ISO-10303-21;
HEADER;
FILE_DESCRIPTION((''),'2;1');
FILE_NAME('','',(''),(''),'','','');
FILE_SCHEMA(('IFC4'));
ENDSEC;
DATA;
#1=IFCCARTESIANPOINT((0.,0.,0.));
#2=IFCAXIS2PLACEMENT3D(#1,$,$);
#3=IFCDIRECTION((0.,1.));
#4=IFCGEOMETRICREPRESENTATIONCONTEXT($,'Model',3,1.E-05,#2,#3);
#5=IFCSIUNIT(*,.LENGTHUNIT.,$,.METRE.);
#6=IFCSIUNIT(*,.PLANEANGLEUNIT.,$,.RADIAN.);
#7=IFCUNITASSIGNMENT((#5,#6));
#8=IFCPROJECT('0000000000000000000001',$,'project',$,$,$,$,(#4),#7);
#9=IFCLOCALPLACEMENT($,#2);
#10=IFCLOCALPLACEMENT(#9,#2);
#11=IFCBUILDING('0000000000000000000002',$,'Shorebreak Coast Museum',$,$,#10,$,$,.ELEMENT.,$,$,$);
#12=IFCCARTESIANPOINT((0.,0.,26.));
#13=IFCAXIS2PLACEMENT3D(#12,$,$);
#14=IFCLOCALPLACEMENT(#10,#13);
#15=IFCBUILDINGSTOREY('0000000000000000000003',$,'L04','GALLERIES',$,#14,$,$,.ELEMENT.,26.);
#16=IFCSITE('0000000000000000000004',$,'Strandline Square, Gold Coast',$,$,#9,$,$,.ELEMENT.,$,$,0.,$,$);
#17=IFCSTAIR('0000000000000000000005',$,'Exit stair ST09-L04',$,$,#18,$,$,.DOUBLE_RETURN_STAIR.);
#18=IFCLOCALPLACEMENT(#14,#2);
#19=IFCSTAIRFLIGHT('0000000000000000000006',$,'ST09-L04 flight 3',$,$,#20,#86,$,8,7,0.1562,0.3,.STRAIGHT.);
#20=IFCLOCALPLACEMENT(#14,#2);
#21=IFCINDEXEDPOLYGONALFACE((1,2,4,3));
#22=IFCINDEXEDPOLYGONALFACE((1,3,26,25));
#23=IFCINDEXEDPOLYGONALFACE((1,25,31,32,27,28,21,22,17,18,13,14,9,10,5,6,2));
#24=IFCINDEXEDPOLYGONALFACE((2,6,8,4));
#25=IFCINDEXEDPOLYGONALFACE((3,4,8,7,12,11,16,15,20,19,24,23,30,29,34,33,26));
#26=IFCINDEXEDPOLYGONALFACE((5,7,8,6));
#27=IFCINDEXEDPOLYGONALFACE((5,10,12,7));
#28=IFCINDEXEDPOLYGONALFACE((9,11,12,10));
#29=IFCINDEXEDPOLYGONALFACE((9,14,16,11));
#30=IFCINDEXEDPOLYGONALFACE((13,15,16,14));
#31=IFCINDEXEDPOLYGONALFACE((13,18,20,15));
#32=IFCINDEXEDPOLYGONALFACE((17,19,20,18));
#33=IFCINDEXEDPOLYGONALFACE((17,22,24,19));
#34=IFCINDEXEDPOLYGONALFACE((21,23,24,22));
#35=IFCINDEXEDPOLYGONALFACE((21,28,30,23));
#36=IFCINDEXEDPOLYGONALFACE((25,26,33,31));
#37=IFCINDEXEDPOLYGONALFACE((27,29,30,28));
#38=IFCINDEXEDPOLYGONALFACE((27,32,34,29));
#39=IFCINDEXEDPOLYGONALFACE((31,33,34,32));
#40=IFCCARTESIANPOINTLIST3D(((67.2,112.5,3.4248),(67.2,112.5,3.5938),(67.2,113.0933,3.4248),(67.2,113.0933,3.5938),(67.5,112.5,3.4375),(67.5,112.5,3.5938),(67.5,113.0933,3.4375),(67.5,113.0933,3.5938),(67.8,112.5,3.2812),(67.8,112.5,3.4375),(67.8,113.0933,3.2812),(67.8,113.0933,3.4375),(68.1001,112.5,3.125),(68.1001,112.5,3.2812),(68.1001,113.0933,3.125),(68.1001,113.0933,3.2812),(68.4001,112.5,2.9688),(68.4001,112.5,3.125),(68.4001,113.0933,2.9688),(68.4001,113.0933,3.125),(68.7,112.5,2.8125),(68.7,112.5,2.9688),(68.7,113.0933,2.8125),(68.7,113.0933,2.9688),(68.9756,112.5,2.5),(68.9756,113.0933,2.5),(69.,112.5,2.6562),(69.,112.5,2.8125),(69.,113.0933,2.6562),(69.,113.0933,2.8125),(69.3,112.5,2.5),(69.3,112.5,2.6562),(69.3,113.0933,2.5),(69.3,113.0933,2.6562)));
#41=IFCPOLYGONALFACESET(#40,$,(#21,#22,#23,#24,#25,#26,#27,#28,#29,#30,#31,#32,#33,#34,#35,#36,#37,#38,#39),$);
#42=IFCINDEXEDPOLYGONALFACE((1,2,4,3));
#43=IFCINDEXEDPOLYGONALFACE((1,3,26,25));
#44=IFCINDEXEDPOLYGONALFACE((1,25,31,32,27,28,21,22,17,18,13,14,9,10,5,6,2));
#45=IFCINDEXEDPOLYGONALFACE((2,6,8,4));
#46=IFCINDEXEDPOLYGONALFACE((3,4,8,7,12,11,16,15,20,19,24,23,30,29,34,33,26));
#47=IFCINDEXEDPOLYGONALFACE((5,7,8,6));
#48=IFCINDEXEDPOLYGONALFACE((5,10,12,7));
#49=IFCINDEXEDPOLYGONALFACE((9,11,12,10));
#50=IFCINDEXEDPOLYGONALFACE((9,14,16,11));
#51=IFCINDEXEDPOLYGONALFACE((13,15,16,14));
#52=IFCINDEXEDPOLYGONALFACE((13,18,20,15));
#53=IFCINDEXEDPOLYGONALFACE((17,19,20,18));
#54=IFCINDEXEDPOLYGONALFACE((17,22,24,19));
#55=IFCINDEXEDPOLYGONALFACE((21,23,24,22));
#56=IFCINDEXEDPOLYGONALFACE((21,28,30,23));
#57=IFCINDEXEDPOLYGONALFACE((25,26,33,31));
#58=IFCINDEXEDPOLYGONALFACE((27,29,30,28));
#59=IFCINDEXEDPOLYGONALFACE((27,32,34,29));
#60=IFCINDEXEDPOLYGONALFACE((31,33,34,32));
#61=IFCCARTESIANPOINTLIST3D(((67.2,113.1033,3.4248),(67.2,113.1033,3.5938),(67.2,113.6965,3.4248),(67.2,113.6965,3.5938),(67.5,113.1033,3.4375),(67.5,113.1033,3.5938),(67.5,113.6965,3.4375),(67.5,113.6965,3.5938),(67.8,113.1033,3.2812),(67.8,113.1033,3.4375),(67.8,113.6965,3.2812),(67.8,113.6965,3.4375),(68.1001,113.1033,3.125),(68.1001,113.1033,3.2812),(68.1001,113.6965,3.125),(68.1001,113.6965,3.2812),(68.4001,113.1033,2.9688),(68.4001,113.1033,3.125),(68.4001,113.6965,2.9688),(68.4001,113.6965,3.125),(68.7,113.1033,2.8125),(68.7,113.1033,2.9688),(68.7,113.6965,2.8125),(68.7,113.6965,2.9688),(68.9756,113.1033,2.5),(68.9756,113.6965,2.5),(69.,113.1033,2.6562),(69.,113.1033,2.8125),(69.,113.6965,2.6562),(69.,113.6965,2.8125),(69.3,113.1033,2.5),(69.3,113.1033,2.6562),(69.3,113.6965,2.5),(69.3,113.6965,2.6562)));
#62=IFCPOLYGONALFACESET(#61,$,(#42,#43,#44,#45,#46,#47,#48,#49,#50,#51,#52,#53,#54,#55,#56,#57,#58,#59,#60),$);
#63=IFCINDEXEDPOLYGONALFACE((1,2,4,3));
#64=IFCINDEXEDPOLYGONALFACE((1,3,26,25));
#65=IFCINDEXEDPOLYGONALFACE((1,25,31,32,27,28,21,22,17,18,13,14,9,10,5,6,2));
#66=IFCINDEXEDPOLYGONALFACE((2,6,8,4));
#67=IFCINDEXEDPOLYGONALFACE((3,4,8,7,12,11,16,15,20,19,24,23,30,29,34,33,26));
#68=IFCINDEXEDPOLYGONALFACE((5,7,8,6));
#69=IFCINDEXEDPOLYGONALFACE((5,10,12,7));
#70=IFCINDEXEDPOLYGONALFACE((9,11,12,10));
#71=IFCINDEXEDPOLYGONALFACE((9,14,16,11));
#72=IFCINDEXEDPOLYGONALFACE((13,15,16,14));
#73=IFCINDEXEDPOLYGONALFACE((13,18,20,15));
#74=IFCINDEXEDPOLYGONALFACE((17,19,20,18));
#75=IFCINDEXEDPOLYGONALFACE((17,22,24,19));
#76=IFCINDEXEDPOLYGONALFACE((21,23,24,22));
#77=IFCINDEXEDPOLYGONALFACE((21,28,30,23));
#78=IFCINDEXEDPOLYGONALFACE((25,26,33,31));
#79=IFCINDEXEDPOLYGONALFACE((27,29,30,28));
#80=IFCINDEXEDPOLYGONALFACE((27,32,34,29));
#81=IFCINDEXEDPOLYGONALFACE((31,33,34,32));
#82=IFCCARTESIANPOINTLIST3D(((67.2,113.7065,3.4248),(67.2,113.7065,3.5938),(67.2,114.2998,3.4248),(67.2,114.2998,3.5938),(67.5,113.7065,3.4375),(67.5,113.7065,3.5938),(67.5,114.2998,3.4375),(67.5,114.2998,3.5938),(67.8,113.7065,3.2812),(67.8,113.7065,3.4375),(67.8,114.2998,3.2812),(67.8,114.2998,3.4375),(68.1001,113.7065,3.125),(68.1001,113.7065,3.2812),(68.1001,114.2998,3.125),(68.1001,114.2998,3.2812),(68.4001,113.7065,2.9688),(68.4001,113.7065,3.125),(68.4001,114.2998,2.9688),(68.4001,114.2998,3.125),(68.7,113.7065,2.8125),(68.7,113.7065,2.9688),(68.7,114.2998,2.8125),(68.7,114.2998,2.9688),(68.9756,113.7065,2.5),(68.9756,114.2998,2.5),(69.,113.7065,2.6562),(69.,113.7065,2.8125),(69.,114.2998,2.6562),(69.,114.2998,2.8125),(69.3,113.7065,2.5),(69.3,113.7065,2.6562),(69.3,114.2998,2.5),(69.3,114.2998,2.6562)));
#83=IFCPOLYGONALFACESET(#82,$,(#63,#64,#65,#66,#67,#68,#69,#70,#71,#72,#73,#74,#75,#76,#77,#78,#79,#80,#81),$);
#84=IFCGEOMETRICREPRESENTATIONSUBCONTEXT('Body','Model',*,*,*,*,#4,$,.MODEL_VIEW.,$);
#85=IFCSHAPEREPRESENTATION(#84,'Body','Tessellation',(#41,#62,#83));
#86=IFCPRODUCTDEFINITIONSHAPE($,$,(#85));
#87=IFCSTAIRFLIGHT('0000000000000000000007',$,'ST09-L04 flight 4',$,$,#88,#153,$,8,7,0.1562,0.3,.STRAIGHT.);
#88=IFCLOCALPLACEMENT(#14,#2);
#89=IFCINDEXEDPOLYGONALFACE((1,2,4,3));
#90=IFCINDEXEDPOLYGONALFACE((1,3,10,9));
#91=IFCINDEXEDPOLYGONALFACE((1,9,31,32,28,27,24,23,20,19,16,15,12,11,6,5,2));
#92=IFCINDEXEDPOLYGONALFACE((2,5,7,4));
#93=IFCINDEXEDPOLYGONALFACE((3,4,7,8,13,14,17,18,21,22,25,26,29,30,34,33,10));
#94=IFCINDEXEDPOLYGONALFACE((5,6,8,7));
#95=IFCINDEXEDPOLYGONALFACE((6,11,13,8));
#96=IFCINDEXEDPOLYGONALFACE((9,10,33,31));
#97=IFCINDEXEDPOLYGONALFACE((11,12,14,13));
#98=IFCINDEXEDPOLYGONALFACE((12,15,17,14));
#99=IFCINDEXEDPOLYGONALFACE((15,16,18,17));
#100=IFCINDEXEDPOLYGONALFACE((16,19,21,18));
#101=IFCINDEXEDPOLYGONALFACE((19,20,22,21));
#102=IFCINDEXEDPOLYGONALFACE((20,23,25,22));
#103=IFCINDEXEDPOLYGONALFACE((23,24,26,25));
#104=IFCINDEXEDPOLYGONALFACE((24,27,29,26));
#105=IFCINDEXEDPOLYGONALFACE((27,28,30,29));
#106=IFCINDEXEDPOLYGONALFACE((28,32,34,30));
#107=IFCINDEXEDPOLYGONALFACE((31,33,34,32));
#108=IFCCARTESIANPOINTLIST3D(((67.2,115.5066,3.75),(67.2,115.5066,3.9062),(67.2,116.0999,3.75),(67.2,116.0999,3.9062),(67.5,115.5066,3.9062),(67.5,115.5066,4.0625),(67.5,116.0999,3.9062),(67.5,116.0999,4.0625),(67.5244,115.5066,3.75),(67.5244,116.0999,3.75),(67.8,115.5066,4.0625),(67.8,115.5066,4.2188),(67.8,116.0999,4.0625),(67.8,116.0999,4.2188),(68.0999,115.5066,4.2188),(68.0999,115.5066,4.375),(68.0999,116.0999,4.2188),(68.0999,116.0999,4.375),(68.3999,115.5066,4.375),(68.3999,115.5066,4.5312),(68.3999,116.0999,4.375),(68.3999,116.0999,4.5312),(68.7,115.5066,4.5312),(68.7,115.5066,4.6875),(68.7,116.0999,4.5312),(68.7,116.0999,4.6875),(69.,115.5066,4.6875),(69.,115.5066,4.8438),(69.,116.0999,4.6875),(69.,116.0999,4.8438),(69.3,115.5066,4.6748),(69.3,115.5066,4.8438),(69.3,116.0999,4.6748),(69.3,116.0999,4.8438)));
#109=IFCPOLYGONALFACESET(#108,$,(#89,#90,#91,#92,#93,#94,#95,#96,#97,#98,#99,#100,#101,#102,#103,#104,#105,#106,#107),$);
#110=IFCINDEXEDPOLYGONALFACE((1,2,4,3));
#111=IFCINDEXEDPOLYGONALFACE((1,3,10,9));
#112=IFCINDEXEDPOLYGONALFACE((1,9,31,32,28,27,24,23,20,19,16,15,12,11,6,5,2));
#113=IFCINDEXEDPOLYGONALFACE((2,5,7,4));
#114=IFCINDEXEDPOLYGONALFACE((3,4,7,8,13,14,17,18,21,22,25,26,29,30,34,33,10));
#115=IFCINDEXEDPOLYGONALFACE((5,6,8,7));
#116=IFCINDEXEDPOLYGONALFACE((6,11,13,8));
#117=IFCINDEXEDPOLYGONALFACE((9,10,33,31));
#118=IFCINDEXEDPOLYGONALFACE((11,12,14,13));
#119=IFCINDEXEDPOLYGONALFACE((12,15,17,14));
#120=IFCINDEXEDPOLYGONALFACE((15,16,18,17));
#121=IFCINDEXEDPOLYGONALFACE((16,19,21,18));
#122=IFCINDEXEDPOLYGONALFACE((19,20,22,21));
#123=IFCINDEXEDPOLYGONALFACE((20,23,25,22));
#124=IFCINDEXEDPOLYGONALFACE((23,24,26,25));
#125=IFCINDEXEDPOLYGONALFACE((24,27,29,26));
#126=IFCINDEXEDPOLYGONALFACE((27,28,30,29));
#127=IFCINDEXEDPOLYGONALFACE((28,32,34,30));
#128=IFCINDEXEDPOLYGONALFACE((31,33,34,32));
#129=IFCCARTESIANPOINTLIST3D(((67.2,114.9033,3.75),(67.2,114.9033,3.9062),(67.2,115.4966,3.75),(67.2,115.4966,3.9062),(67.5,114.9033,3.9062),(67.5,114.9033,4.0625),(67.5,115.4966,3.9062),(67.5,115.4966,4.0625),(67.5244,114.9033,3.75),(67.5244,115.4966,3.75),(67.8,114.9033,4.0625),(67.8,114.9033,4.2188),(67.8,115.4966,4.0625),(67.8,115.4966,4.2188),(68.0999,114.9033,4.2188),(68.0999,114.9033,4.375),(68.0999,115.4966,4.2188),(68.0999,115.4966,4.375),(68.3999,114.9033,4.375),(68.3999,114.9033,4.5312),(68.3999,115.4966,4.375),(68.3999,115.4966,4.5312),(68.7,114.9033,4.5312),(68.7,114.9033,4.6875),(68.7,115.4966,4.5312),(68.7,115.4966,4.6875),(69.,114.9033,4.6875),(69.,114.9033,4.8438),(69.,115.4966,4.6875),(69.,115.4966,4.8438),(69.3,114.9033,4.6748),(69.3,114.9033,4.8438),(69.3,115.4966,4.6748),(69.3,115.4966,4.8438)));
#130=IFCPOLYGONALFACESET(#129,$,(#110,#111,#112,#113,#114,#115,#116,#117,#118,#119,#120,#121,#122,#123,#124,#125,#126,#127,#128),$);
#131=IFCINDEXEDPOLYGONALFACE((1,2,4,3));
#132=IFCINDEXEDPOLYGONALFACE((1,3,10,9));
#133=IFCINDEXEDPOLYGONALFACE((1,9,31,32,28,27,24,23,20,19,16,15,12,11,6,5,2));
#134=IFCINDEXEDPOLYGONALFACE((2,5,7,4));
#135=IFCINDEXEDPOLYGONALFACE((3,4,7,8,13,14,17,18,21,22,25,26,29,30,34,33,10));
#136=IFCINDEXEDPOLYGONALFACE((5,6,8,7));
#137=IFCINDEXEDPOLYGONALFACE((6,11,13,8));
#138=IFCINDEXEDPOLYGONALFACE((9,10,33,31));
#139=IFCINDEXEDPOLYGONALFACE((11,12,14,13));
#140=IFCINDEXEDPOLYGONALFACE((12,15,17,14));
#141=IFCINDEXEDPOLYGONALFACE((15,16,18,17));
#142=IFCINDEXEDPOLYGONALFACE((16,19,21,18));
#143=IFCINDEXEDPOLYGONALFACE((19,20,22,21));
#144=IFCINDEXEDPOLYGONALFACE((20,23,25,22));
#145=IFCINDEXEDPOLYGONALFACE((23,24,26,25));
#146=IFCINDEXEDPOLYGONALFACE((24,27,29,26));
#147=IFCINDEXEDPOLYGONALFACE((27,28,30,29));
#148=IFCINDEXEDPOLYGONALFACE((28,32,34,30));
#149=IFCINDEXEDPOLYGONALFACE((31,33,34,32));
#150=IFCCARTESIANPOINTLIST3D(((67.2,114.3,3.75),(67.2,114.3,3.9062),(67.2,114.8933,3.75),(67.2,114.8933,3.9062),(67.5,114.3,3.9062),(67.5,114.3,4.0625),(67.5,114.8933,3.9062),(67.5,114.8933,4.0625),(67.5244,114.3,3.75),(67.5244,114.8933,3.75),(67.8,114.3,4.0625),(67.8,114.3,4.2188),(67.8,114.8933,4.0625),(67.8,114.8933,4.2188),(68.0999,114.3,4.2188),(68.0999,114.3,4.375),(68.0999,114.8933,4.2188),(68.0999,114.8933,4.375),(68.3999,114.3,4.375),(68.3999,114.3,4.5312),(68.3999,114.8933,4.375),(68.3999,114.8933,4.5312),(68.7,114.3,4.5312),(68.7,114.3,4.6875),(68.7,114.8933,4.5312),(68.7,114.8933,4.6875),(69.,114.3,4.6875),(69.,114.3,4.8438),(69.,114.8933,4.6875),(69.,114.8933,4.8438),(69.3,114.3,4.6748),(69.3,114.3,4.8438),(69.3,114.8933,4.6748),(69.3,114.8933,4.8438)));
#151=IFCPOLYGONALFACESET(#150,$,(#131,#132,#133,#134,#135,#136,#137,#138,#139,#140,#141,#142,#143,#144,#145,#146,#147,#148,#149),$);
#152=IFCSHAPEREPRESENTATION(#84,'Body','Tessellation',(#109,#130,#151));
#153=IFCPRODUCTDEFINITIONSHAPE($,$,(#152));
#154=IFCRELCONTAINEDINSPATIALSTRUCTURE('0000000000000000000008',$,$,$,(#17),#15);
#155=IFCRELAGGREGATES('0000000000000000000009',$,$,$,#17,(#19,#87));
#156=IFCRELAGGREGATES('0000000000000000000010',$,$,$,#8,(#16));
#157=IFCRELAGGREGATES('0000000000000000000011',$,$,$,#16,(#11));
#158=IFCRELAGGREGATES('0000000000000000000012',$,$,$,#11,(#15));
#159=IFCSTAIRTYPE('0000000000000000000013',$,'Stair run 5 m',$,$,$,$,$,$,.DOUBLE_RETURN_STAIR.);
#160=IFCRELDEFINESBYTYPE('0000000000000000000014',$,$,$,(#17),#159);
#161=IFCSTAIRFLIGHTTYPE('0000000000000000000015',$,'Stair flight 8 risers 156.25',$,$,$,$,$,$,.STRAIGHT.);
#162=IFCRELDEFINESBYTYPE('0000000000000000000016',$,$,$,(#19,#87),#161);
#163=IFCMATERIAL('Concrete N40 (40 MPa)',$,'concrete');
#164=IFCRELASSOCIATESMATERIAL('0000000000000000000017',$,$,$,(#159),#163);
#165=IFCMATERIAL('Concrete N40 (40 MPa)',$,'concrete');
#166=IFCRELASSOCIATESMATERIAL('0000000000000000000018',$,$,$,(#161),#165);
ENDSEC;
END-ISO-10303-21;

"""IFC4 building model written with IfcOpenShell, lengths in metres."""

from ifc_helpers import new_model, si_unit, direction, frame, origin, place, context, subcontext, project, spatial, polyline, outline, extrude, material, type_object, element, aggregate, save


model = new_model("IFC4")

# Units and contexts
model_context = context("Model", 3, precision=1e-05, world=origin(), true_north=direction((0.0, 1.0)))
body_context = subcontext(model_context, "Body", "Model", "MODEL_VIEW")
ifc_project = project(units=[si_unit("LENGTHUNIT", "METRE"), si_unit("PLANEANGLEUNIT", "RADIAN")], contexts=[model_context])

# Site, building, storey
site_placement = place(None, origin())
site = spatial("IfcSite", under=ifc_project, at=site_placement, Name="Strandline Square, Gold Coast", CompositionType="ELEMENT", RefElevation=0.0)
building_placement = place(site_placement, origin())
building = spatial("IfcBuilding", under=site, at=building_placement, Name="Shorebreak Coast Museum", CompositionType="ELEMENT")
storey_placement = place(building_placement, frame((0.0, 0.0, 26.0)))
storey = spatial("IfcBuildingStorey", under=building, at=storey_placement, Name="L04", Description="GALLERIES", CompositionType="ELEMENT", Elevation=26.0)

# Stair, stair flights
ifc_material_1 = material(Name="Concrete N40 (40 MPa)", Category="concrete")
stair_type = type_object("IfcStairType", Name="Stair run 5 m", PredefinedType="DOUBLE_RETURN_STAIR", material=ifc_material_1)
stair_placement = place(storey_placement, origin())
stair = element("IfcStair", 1, at=stair_placement, inside=storey, type_object=stair_type, Name="Exit stair ST09-L04", PredefinedType="DOUBLE_RETURN_STAIR")
ifc_material_2 = material(Name="Concrete N40 (40 MPa)", Category="concrete")
stair_flight_type = type_object("IfcStairFlightType", Name="Stair flight 8 risers 156.25", PredefinedType="STRAIGHT", material=ifc_material_2)
stair_flight_1_placement = place(storey_placement, frame((69.3, 113.3999, 2.5), z_axis=(0.0, 0.0, 1.0), x_axis=(-1.0, 0.0, 0.0)))
stair_flight_1 = element("IfcStairFlight", 2, at=stair_flight_1_placement, type_object=stair_flight_type, Name="ST09-L04 flight 3", NumberOfRisers=8, NumberOfTreads=7, PredefinedType="STRAIGHT", RiserHeight=0.1562, TreadLength=0.3, context=body_context, shape_type="SweptSolid", body=[
    extrude(outline(polyline([(0.0, 0.0), (0.0, 0.1562), (0.3, 0.1562), (0.3, 0.3125), (0.6001, 0.3125), (0.6001, 0.4688), (0.8999, 0.4688), (0.8999, 0.625), (1.2, 0.625), (1.2, 0.7812), (1.5, 0.7812), (1.5, 0.9375), (1.8, 0.9375), (1.8, 1.0938), (2.1001, 1.0938), (2.1001, 1.25), (2.1001, 0.9248), (0.3245, 0.0), (0.0, 0.0)])), frame((0.0, 0.8999, 0.0), z_axis=(0.0, -1.0, 0.0), x_axis=(1.0, 0.0, 0.0)), (0.0, 0.0, 1.0), 0.5933),
    extrude(outline(polyline([(0.0, 0.0), (0.0, 0.1562), (0.3, 0.1562), (0.3, 0.3125), (0.6001, 0.3125), (0.6001, 0.4688), (0.8999, 0.4688), (0.8999, 0.625), (1.2, 0.625), (1.2, 0.7812), (1.5, 0.7812), (1.5, 0.9375), (1.8, 0.9375), (1.8, 1.0938), (2.1001, 1.0938), (2.1001, 1.25), (2.1001, 0.9248), (0.3245, 0.0), (0.0, 0.0)])), frame((0.0, 0.2966, 0.0), z_axis=(0.0, -1.0, 0.0), x_axis=(1.0, 0.0, 0.0)), (0.0, 0.0, 1.0), 0.5933),
    extrude(outline(polyline([(0.0, 0.0), (0.0, 0.1562), (0.3, 0.1562), (0.3, 0.3125), (0.6001, 0.3125), (0.6001, 0.4688), (0.8999, 0.4688), (0.8999, 0.625), (1.2, 0.625), (1.2, 0.7812), (1.5, 0.7812), (1.5, 0.9375), (1.8, 0.9375), (1.8, 1.0938), (2.1001, 1.0938), (2.1001, 1.25), (2.1001, 0.9248), (0.3245, 0.0), (0.0, 0.0)])), frame((0.0, -0.3066, 0.0), z_axis=(0.0, -1.0, 0.0), x_axis=(1.0, 0.0, 0.0)), (0.0, 0.0, 1.0), 0.5933),
])
stair_flight_2_placement = place(storey_placement, frame((67.2, 115.2, 3.75), z_axis=(0.0, 0.0, 1.0), x_axis=(1.0, 0.0, 0.0)))
stair_flight_2 = element("IfcStairFlight", 3, at=stair_flight_2_placement, type_object=stair_flight_type, Name="ST09-L04 flight 4", NumberOfRisers=8, NumberOfTreads=7, PredefinedType="STRAIGHT", RiserHeight=0.1562, TreadLength=0.3, context=body_context, shape_type="SweptSolid", body=[
    extrude(outline(polyline([(0.0, 0.0), (0.0, 0.1562), (0.3, 0.1562), (0.3, 0.3125), (0.6001, 0.3125), (0.6001, 0.4688), (0.8999, 0.4688), (0.8999, 0.625), (1.2, 0.625), (1.2, 0.7812), (1.5, 0.7812), (1.5, 0.9375), (1.8, 0.9375), (1.8, 1.0938), (2.1001, 1.0938), (2.1001, 1.25), (2.1001, 0.9248), (0.3245, 0.0), (0.0, 0.0)])), frame((0.0, 0.8999, 0.0), z_axis=(0.0, -1.0, 0.0), x_axis=(1.0, 0.0, 0.0)), (0.0, 0.0, 1.0), 0.5933),
    extrude(outline(polyline([(0.0, 0.0), (0.0, 0.1562), (0.3, 0.1562), (0.3, 0.3125), (0.6001, 0.3125), (0.6001, 0.4688), (0.8999, 0.4688), (0.8999, 0.625), (1.2, 0.625), (1.2, 0.7812), (1.5, 0.7812), (1.5, 0.9375), (1.8, 0.9375), (1.8, 1.0938), (2.1001, 1.0938), (2.1001, 1.25), (2.1001, 0.9248), (0.3245, 0.0), (0.0, 0.0)])), frame((0.0, 0.2966, 0.0), z_axis=(0.0, -1.0, 0.0), x_axis=(1.0, 0.0, 0.0)), (0.0, 0.0, 1.0), 0.5933),
    extrude(outline(polyline([(0.0, 0.0), (0.0, 0.1562), (0.3, 0.1562), (0.3, 0.3125), (0.6001, 0.3125), (0.6001, 0.4688), (0.8999, 0.4688), (0.8999, 0.625), (1.2, 0.625), (1.2, 0.7812), (1.5, 0.7812), (1.5, 0.9375), (1.8, 0.9375), (1.8, 1.0938), (2.1001, 1.0938), (2.1001, 1.25), (2.1001, 0.9248), (0.3245, 0.0), (0.0, 0.0)])), frame((0.0, -0.3066, 0.0), z_axis=(0.0, -1.0, 0.0), x_axis=(1.0, 0.0, 0.0)), (0.0, 0.0, 1.0), 0.5933),
])
aggregate(stair, [stair_flight_1, stair_flight_2])

save(model, "model.ifc")
